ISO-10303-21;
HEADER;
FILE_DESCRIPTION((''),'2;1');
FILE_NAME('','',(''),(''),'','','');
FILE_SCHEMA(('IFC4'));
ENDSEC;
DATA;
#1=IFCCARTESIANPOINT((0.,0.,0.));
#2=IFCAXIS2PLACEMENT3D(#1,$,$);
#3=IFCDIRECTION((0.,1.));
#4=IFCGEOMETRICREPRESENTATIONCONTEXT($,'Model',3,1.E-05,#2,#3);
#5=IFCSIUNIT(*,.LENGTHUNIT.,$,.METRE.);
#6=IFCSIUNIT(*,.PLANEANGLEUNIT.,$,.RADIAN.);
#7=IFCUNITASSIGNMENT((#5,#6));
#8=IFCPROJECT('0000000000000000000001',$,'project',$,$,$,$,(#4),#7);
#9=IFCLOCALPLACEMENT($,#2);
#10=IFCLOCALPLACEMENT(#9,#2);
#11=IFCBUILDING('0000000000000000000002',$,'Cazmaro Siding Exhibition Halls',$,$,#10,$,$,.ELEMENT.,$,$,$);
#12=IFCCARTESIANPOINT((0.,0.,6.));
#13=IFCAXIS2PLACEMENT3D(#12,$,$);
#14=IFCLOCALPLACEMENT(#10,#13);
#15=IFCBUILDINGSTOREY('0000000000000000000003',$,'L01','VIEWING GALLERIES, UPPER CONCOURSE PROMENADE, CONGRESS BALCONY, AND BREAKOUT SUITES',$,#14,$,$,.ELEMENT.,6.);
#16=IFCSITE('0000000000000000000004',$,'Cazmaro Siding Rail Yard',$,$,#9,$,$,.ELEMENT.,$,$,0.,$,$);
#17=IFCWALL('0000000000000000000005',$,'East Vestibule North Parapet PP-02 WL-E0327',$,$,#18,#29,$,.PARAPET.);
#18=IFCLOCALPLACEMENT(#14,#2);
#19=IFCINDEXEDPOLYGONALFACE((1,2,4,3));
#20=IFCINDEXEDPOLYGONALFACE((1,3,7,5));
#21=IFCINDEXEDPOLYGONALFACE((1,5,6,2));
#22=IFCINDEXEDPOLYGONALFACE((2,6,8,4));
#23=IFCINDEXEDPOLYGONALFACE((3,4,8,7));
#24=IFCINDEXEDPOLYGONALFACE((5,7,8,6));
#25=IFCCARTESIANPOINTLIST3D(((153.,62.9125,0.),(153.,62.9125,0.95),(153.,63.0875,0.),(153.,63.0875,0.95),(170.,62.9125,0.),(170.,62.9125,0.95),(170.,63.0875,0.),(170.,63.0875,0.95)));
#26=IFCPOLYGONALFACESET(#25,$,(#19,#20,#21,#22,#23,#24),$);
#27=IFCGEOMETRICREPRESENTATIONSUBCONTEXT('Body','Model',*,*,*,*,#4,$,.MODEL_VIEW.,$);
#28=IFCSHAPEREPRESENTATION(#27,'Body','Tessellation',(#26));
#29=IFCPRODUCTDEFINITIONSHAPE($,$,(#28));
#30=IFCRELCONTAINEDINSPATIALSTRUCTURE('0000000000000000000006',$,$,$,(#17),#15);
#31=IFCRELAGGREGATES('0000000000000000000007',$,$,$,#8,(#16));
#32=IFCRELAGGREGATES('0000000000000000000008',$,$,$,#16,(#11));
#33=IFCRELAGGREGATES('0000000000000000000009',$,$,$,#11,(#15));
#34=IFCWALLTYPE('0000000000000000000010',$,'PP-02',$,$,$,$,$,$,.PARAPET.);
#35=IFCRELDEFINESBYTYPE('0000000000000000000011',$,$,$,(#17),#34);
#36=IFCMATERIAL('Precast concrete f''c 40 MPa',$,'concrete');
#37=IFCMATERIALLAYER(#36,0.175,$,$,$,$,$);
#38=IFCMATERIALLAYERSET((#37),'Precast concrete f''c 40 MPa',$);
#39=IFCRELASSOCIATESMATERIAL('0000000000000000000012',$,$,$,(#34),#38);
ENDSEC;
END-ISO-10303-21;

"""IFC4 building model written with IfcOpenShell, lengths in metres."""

from ifc_helpers import new_model, si_unit, direction, frame, frame_2d, origin, place, context, subcontext, project, spatial, rectangle, extrude, material, layer, layer_set, type_object, element, save


model = new_model("IFC4")

# Units and contexts
model_context = context("Model", 3, precision=1e-05, world=origin(), true_north=direction((0.0, 1.0)))
body_context = subcontext(model_context, "Body", "Model", "MODEL_VIEW")
ifc_project = project(units=[si_unit("LENGTHUNIT", "METRE"), si_unit("PLANEANGLEUNIT", "RADIAN")], contexts=[model_context])

# Site, building, storey
site_placement = place(None, origin())
site = spatial("IfcSite", under=ifc_project, at=site_placement, Name="Cazmaro Siding Rail Yard", CompositionType="ELEMENT", RefElevation=0.0)
building_placement = place(site_placement, origin())
building = spatial("IfcBuilding", under=site, at=building_placement, Name="Cazmaro Siding Exhibition Halls", CompositionType="ELEMENT")
storey_placement = place(building_placement, frame((0.0, 0.0, 6.0)))
storey = spatial("IfcBuildingStorey", under=building, at=storey_placement, Name="L01", Description="VIEWING GALLERIES, UPPER CONCOURSE PROMENADE, CONGRESS BALCONY, AND BREAKOUT SUITES", CompositionType="ELEMENT", Elevation=6.0)

# Wall
ifc_material_1 = material(Name="Precast concrete f'c 40 MPa", Category="concrete")
ifc_layer_1 = layer(ifc_material_1, 0.175)
ifc_layer_set_1 = layer_set([ifc_layer_1], Name="Precast concrete f'c 40 MPa")
wall_type_1 = type_object("IfcWallType", Name="PP-02", PredefinedType="PARAPET", material=ifc_layer_set_1)
wall_1_placement = place(storey_placement, frame((153.0, 63.0, 0.0), z_axis=(0.0, 0.0, 1.0), x_axis=(1.0, 0.0, 0.0)))
element("IfcWall", 1, at=wall_1_placement, inside=storey, type_object=wall_type_1, Name="East Vestibule North Parapet PP-02 WL-E0327", PredefinedType="PARAPET", context=body_context, shape_type="SweptSolid", body=[
    extrude(rectangle(XDim=17.0, YDim=0.175, at=frame_2d((8.5, 0.0))), origin(), (0.0, 0.0, 1.0), 0.95),
])

save(model, "model.ifc")
